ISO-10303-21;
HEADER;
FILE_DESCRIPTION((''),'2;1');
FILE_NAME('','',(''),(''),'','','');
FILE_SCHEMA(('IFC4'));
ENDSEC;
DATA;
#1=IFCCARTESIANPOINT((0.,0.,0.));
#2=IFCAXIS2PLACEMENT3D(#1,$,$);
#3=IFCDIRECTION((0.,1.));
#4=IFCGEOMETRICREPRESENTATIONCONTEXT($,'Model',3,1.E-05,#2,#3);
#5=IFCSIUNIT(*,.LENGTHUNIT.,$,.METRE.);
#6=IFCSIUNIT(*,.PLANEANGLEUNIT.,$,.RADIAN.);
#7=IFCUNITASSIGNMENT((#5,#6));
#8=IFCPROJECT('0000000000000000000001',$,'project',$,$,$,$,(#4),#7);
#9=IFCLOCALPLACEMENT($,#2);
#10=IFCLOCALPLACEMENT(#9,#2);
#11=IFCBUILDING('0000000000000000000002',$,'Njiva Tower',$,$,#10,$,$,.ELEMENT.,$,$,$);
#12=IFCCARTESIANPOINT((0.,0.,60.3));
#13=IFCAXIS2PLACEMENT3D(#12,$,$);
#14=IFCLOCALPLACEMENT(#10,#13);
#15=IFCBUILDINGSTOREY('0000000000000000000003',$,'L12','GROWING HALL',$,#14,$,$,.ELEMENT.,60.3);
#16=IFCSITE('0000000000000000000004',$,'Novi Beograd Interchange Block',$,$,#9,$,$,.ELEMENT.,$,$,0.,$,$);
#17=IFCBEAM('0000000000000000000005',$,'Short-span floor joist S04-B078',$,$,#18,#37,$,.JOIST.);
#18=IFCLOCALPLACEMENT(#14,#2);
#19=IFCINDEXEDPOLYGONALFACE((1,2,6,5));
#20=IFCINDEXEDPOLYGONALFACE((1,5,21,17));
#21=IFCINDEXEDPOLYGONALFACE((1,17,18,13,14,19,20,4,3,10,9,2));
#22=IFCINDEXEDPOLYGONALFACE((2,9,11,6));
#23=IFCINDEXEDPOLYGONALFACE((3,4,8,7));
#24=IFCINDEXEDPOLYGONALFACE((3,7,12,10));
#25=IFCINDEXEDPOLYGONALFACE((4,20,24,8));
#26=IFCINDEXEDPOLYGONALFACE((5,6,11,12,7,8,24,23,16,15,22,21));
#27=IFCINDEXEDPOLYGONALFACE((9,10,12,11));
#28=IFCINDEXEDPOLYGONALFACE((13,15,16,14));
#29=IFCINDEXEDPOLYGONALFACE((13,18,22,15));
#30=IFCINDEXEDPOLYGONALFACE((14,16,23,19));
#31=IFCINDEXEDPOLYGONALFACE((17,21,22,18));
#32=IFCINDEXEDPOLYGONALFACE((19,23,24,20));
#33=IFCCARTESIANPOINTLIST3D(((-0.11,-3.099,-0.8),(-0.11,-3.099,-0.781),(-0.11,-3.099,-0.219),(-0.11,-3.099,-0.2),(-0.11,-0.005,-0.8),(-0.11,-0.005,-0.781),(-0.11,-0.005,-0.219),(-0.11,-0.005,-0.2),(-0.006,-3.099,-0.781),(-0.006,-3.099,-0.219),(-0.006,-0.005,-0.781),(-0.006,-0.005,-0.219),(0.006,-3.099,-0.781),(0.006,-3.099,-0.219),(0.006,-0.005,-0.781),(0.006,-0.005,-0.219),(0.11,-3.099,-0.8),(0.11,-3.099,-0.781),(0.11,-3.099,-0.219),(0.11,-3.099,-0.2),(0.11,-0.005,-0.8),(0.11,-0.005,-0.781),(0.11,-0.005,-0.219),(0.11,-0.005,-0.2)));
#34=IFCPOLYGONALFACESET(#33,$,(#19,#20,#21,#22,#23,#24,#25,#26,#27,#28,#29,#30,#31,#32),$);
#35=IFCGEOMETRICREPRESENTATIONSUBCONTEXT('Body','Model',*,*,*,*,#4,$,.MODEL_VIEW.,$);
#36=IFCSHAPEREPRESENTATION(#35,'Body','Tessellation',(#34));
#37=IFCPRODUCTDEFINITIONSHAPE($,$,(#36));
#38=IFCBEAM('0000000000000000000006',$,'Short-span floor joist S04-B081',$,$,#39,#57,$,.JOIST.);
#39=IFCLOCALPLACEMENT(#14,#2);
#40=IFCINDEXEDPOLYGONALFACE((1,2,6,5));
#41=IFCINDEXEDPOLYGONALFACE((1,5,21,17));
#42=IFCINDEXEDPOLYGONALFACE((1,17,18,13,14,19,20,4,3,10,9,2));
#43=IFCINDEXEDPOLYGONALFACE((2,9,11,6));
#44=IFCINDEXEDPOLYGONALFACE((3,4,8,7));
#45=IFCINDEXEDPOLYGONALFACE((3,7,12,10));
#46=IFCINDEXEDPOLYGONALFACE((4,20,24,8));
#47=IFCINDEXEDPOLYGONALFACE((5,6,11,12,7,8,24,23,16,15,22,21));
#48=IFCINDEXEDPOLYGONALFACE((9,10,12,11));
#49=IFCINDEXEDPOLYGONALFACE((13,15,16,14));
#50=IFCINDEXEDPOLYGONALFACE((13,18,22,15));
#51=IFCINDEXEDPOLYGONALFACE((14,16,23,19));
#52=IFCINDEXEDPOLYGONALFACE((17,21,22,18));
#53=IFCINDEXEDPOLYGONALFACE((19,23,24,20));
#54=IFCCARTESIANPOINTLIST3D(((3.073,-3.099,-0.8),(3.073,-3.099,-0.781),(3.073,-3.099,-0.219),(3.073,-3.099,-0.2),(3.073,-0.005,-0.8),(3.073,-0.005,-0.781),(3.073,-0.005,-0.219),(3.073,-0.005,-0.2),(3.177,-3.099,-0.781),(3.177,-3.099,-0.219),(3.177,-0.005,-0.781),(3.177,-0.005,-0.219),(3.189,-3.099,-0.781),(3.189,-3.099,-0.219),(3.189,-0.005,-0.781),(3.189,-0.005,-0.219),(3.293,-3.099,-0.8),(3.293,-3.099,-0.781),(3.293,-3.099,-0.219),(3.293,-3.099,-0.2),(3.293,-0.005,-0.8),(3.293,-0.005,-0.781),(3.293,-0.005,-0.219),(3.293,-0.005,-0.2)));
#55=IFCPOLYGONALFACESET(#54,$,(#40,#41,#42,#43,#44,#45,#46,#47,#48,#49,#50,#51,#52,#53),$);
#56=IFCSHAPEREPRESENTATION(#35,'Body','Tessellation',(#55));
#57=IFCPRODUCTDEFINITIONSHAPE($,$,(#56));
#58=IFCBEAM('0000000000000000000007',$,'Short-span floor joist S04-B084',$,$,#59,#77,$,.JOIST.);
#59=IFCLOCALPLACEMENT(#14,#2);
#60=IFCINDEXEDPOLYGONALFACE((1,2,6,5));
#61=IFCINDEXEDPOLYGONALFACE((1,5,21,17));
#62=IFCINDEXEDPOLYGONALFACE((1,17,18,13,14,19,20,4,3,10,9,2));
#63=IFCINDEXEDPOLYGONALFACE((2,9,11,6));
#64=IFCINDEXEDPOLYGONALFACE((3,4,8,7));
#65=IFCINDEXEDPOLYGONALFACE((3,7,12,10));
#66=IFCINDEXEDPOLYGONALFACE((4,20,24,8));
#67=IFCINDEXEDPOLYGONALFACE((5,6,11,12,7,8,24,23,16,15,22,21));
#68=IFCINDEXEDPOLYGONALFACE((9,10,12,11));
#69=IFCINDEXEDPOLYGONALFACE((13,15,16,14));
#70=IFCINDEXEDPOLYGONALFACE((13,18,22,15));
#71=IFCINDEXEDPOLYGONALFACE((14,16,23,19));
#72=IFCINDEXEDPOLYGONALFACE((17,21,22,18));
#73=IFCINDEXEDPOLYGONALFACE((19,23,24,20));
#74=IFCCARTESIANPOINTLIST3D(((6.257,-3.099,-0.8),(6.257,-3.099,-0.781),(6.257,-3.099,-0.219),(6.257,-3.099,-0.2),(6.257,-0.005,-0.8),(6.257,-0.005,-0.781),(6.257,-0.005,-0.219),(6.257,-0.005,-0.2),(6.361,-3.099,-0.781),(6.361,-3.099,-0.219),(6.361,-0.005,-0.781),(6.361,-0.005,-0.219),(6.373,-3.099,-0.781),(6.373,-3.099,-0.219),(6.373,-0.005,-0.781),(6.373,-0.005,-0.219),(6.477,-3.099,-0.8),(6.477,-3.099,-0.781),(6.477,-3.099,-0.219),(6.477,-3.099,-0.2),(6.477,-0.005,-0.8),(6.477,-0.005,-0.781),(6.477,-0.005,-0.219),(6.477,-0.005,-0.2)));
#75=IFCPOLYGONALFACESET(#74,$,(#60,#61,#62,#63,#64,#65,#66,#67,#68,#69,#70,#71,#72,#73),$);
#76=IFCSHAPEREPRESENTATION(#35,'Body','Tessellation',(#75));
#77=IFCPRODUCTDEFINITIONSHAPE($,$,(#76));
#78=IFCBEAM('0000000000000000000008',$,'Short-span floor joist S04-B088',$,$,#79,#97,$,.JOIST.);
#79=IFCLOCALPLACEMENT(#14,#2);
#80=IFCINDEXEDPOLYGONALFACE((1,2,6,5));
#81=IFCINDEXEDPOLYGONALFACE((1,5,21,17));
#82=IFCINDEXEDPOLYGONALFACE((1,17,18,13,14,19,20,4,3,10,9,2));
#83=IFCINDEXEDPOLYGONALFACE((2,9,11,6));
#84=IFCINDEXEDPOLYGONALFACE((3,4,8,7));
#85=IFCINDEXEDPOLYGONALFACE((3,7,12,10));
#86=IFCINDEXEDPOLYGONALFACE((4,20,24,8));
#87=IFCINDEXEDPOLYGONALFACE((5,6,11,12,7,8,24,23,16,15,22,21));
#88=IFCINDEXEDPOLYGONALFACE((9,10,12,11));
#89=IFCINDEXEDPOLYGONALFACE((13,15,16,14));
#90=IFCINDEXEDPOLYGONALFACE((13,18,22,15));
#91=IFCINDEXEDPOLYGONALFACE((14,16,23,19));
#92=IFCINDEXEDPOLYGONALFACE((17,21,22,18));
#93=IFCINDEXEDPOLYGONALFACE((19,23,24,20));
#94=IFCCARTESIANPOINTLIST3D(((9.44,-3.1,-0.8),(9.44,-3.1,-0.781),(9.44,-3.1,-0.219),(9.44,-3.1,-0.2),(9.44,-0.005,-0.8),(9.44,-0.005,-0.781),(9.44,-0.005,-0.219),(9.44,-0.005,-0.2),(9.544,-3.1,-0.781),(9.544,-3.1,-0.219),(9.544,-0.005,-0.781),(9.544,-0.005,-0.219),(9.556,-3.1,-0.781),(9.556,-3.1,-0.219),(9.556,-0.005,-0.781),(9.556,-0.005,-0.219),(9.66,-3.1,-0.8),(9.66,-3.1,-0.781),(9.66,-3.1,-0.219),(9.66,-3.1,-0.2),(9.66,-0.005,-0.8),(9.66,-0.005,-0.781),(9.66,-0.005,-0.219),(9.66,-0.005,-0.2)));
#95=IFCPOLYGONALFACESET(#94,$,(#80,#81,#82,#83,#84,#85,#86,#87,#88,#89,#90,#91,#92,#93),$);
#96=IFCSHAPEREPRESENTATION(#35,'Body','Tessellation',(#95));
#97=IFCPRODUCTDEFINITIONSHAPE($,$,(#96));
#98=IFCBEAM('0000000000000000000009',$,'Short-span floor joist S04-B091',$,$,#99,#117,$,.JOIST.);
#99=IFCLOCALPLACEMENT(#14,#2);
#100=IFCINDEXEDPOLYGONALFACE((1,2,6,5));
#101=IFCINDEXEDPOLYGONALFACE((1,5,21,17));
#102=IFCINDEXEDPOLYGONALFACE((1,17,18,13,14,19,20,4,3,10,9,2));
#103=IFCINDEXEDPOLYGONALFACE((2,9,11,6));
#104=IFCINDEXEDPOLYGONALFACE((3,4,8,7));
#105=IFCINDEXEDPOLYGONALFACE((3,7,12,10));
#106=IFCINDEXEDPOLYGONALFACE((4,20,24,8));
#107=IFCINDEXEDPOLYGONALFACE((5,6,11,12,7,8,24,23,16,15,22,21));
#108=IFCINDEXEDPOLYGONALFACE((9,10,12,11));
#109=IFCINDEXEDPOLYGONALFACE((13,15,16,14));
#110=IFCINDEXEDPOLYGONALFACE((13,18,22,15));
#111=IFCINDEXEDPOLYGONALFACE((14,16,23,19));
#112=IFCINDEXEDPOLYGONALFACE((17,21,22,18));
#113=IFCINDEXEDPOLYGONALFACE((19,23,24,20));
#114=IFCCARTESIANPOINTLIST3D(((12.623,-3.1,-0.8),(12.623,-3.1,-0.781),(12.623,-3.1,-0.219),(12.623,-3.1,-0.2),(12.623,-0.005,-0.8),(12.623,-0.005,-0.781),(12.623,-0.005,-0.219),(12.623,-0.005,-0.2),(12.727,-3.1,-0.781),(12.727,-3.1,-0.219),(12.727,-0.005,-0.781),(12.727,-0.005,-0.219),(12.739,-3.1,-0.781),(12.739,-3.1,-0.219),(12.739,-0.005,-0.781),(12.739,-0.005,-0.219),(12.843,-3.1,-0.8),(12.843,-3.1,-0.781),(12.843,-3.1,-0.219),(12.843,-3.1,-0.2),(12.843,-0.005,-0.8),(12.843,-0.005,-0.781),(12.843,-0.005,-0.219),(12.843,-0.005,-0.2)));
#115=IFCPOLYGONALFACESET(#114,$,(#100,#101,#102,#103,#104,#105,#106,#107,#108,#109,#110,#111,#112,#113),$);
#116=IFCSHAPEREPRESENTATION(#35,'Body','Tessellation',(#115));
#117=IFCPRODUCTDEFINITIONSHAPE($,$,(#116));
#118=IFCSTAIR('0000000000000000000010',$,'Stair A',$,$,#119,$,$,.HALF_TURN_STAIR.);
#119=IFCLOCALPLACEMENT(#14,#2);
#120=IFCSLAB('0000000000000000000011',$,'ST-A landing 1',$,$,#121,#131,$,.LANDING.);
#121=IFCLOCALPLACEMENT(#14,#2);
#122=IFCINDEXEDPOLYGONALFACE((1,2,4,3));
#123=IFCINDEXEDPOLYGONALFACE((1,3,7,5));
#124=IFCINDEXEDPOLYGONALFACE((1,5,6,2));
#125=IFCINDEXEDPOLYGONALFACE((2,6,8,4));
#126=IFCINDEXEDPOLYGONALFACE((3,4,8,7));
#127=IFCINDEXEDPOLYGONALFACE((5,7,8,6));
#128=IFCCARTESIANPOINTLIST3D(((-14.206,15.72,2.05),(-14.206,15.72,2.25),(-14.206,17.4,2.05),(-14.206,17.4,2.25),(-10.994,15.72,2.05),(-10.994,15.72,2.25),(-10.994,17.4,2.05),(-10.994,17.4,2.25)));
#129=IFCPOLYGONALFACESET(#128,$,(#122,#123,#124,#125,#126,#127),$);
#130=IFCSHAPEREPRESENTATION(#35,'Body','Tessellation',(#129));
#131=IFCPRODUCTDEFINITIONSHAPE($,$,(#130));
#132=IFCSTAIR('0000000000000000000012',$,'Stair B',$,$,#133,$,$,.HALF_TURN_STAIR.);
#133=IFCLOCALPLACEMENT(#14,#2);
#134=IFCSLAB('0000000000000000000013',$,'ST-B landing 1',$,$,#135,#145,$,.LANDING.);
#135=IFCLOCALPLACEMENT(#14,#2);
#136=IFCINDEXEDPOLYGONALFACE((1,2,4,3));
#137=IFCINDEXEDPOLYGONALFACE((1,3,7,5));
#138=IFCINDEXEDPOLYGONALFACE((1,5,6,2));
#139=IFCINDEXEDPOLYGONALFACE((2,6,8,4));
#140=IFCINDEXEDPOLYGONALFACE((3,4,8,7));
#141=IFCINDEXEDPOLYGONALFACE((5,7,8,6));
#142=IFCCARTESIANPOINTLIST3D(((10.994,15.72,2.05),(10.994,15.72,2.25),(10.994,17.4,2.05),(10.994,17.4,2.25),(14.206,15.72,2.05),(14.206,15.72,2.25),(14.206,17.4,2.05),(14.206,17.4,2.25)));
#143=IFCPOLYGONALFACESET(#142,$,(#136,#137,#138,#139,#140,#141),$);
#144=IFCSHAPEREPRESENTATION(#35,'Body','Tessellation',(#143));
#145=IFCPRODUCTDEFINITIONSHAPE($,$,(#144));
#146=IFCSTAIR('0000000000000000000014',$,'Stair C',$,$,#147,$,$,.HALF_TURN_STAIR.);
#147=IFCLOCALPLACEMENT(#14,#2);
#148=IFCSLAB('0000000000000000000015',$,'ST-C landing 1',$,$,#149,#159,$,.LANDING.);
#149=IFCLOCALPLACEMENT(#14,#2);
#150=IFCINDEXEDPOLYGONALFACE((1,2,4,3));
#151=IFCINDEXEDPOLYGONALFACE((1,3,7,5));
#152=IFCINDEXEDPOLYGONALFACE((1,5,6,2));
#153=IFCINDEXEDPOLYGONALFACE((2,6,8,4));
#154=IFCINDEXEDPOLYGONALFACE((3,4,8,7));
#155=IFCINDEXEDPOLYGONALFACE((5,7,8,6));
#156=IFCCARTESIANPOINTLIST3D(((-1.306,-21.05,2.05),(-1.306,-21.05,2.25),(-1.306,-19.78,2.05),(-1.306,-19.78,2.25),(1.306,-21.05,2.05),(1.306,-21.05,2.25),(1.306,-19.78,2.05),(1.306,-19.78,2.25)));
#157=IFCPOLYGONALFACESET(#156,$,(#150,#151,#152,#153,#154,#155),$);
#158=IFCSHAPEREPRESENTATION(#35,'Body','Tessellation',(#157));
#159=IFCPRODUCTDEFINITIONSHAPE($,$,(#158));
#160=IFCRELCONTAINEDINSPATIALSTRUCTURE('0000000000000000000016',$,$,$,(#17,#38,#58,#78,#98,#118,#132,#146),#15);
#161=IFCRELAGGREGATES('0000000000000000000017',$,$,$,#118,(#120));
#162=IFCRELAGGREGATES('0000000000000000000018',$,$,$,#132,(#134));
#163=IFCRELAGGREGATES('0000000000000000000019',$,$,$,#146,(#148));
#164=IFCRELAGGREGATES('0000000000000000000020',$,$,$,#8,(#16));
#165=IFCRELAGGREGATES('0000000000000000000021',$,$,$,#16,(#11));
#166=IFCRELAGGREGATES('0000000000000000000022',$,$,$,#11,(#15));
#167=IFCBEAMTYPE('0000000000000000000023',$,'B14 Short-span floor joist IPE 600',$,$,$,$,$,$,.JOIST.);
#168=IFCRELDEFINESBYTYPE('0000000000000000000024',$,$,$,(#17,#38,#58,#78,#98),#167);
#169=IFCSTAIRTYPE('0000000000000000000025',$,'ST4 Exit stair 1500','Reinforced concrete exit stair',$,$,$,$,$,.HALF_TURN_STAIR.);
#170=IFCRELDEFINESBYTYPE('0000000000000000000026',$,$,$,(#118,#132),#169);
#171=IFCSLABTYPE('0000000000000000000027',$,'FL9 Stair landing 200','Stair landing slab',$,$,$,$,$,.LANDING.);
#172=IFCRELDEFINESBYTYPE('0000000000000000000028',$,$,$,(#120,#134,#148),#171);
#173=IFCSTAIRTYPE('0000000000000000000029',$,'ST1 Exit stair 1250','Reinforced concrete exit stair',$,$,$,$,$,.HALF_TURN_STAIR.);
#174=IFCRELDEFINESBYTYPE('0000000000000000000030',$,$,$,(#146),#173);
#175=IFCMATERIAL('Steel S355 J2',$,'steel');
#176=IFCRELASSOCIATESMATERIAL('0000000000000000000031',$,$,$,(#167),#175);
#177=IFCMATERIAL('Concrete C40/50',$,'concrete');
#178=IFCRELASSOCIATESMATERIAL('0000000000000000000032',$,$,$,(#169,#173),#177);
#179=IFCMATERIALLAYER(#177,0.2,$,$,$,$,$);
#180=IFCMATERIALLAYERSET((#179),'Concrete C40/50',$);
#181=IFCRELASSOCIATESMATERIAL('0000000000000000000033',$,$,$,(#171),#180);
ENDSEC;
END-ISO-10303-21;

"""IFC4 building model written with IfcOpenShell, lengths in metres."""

from ifc_helpers import new_model, si_unit, direction, frame, origin, origin_2d, place, context, subcontext, project, spatial, polyline, i_section, outline, extrude, material, layer, layer_set, material_profile, profile_set, type_object, element, aggregate, save


model = new_model("IFC4")

# Units and contexts
model_context = context("Model", 3, precision=1e-05, world=origin(), true_north=direction((0.0, 1.0)))
body_context = subcontext(model_context, "Body", "Model", "MODEL_VIEW")
ifc_project = project(units=[si_unit("LENGTHUNIT", "METRE"), si_unit("PLANEANGLEUNIT", "RADIAN")], contexts=[model_context])

# Site, building, storey
site_placement = place(None, origin())
site = spatial("IfcSite", under=ifc_project, at=site_placement, Name="Novi Beograd Interchange Block", CompositionType="ELEMENT", RefElevation=0.0)
building_placement = place(site_placement, origin())
building = spatial("IfcBuilding", under=site, at=building_placement, Name="Njiva Tower", CompositionType="ELEMENT")
storey_placement = place(building_placement, frame((0.0, 0.0, 60.3)))
storey = spatial("IfcBuildingStorey", under=building, at=storey_placement, Name="L12", Description="GROWING HALL", CompositionType="ELEMENT", Elevation=60.3)

# Beams
ifc_material_1 = material(Name="Steel S355 J2", Category="steel")
ifc_material_profile = material_profile(ifc_material_1, i_section(OverallWidth=0.22, OverallDepth=0.6, WebThickness=0.012, FlangeThickness=0.019, at=origin_2d()), Name="IPE 600")
ifc_profile_set = profile_set([ifc_material_profile], Name="Steel S355 J2")
beam_type = type_object("IfcBeamType", Name="B14 Short-span floor joist IPE 600", PredefinedType="JOIST", material=ifc_profile_set)
for number, where, z_axis, x_axis, name in (
    (1, (0.0, -0.005, -0.5), (0.0, -1.0, 0.0), (1.0, 0.0, 0.0), "Short-span floor joist S04-B078"),
    (2, (3.183, -0.005, -0.5), (0.0, -1.0, 0.0), (1.0, 0.0, 0.0), "Short-span floor joist S04-B081"),
    (3, (6.367, -0.005, -0.5), (0.0, -1.0, 0.0), (1.0, 0.0, 0.0), "Short-span floor joist S04-B084"),
):
    element("IfcBeam", number, at=place(storey_placement, frame(where, z_axis=z_axis, x_axis=x_axis)), inside=storey, type_object=beam_type, Name=name, PredefinedType="JOIST", context=body_context, shape_type="SweptSolid", body=[
        extrude(i_section(OverallWidth=0.22, OverallDepth=0.6, WebThickness=0.012, FlangeThickness=0.019, at=origin_2d()), origin(), (0.0, 0.0, 1.0), 3.094),
    ])
for number, where, z_axis, x_axis, name in (
    (4, (9.55, -0.005, -0.5), (0.0, -1.0, 0.0), (1.0, 0.0, 0.0), "Short-span floor joist S04-B088"),
    (5, (12.733, -0.005, -0.5), (0.0, -1.0, 0.0), (1.0, 0.0, 0.0), "Short-span floor joist S04-B091"),
):
    element("IfcBeam", number, at=place(storey_placement, frame(where, z_axis=z_axis, x_axis=x_axis)), inside=storey, type_object=beam_type, Name=name, PredefinedType="JOIST", context=body_context, shape_type="SweptSolid", body=[
        extrude(i_section(OverallWidth=0.22, OverallDepth=0.6, WebThickness=0.012, FlangeThickness=0.019, at=origin_2d()), origin(), (0.0, 0.0, 1.0), 3.095),
    ])

# Stairs, slabs
ifc_material_2 = material(Name="Concrete C40/50", Category="concrete")
stair_type_1 = type_object("IfcStairType", Name="ST4 Exit stair 1500", Description="Reinforced concrete exit stair", PredefinedType="HALF_TURN_STAIR", material=ifc_material_2)
stair_1_placement = place(storey_placement, origin())
stair_1 = element("IfcStair", 6, at=stair_1_placement, inside=storey, type_object=stair_type_1, Name="Stair A", PredefinedType="HALF_TURN_STAIR")
ifc_layer_1 = layer(ifc_material_2, 0.2)
ifc_layer_set_1 = layer_set([ifc_layer_1], Name="Concrete C40/50")
slab_type_1 = type_object("IfcSlabType", Name="FL9 Stair landing 200", Description="Stair landing slab", PredefinedType="LANDING", material=ifc_layer_set_1)
slab_1_placement = place(storey_placement, frame((0.0, 0.0, 2.05)))
slab_1 = element("IfcSlab", 7, at=slab_1_placement, type_object=slab_type_1, Name="ST-A landing 1", PredefinedType="LANDING", context=body_context, shape_type="SweptSolid", body=[
    extrude(outline(polyline([(-14.206, 15.72), (-10.994, 15.72), (-10.994, 17.4), (-14.206, 17.4), (-14.206, 15.72)])), origin(), (0.0, 0.0, 1.0), 0.2),
])
aggregate(stair_1, [slab_1])
stair_2_placement = place(storey_placement, origin())
stair_2 = element("IfcStair", 8, at=stair_2_placement, inside=storey, type_object=stair_type_1, Name="Stair B", PredefinedType="HALF_TURN_STAIR")
slab_2_placement = place(storey_placement, frame((0.0, 0.0, 2.05)))
slab_2 = element("IfcSlab", 9, at=slab_2_placement, type_object=slab_type_1, Name="ST-B landing 1", PredefinedType="LANDING", context=body_context, shape_type="SweptSolid", body=[
    extrude(outline(polyline([(10.994, 15.72), (14.206, 15.72), (14.206, 17.4), (10.994, 17.4), (10.994, 15.72)])), origin(), (0.0, 0.0, 1.0), 0.2),
])
aggregate(stair_2, [slab_2])
stair_type_2 = type_object("IfcStairType", Name="ST1 Exit stair 1250", Description="Reinforced concrete exit stair", PredefinedType="HALF_TURN_STAIR", material=ifc_material_2)
stair_3_placement = place(storey_placement, origin())
stair_3 = element("IfcStair", 10, at=stair_3_placement, inside=storey, type_object=stair_type_2, Name="Stair C", PredefinedType="HALF_TURN_STAIR")
slab_3_placement = place(storey_placement, frame((0.0, 0.0, 2.05)))
slab_3 = element("IfcSlab", 11, at=slab_3_placement, type_object=slab_type_1, Name="ST-C landing 1", PredefinedType="LANDING", context=body_context, shape_type="SweptSolid", body=[
    extrude(outline(polyline([(-1.306, -21.05), (1.306, -21.05), (1.306, -19.78), (-1.306, -19.78), (-1.306, -21.05)])), origin(), (0.0, 0.0, 1.0), 0.2),
])
aggregate(stair_3, [slab_3])

save(model, "model.ifc")
